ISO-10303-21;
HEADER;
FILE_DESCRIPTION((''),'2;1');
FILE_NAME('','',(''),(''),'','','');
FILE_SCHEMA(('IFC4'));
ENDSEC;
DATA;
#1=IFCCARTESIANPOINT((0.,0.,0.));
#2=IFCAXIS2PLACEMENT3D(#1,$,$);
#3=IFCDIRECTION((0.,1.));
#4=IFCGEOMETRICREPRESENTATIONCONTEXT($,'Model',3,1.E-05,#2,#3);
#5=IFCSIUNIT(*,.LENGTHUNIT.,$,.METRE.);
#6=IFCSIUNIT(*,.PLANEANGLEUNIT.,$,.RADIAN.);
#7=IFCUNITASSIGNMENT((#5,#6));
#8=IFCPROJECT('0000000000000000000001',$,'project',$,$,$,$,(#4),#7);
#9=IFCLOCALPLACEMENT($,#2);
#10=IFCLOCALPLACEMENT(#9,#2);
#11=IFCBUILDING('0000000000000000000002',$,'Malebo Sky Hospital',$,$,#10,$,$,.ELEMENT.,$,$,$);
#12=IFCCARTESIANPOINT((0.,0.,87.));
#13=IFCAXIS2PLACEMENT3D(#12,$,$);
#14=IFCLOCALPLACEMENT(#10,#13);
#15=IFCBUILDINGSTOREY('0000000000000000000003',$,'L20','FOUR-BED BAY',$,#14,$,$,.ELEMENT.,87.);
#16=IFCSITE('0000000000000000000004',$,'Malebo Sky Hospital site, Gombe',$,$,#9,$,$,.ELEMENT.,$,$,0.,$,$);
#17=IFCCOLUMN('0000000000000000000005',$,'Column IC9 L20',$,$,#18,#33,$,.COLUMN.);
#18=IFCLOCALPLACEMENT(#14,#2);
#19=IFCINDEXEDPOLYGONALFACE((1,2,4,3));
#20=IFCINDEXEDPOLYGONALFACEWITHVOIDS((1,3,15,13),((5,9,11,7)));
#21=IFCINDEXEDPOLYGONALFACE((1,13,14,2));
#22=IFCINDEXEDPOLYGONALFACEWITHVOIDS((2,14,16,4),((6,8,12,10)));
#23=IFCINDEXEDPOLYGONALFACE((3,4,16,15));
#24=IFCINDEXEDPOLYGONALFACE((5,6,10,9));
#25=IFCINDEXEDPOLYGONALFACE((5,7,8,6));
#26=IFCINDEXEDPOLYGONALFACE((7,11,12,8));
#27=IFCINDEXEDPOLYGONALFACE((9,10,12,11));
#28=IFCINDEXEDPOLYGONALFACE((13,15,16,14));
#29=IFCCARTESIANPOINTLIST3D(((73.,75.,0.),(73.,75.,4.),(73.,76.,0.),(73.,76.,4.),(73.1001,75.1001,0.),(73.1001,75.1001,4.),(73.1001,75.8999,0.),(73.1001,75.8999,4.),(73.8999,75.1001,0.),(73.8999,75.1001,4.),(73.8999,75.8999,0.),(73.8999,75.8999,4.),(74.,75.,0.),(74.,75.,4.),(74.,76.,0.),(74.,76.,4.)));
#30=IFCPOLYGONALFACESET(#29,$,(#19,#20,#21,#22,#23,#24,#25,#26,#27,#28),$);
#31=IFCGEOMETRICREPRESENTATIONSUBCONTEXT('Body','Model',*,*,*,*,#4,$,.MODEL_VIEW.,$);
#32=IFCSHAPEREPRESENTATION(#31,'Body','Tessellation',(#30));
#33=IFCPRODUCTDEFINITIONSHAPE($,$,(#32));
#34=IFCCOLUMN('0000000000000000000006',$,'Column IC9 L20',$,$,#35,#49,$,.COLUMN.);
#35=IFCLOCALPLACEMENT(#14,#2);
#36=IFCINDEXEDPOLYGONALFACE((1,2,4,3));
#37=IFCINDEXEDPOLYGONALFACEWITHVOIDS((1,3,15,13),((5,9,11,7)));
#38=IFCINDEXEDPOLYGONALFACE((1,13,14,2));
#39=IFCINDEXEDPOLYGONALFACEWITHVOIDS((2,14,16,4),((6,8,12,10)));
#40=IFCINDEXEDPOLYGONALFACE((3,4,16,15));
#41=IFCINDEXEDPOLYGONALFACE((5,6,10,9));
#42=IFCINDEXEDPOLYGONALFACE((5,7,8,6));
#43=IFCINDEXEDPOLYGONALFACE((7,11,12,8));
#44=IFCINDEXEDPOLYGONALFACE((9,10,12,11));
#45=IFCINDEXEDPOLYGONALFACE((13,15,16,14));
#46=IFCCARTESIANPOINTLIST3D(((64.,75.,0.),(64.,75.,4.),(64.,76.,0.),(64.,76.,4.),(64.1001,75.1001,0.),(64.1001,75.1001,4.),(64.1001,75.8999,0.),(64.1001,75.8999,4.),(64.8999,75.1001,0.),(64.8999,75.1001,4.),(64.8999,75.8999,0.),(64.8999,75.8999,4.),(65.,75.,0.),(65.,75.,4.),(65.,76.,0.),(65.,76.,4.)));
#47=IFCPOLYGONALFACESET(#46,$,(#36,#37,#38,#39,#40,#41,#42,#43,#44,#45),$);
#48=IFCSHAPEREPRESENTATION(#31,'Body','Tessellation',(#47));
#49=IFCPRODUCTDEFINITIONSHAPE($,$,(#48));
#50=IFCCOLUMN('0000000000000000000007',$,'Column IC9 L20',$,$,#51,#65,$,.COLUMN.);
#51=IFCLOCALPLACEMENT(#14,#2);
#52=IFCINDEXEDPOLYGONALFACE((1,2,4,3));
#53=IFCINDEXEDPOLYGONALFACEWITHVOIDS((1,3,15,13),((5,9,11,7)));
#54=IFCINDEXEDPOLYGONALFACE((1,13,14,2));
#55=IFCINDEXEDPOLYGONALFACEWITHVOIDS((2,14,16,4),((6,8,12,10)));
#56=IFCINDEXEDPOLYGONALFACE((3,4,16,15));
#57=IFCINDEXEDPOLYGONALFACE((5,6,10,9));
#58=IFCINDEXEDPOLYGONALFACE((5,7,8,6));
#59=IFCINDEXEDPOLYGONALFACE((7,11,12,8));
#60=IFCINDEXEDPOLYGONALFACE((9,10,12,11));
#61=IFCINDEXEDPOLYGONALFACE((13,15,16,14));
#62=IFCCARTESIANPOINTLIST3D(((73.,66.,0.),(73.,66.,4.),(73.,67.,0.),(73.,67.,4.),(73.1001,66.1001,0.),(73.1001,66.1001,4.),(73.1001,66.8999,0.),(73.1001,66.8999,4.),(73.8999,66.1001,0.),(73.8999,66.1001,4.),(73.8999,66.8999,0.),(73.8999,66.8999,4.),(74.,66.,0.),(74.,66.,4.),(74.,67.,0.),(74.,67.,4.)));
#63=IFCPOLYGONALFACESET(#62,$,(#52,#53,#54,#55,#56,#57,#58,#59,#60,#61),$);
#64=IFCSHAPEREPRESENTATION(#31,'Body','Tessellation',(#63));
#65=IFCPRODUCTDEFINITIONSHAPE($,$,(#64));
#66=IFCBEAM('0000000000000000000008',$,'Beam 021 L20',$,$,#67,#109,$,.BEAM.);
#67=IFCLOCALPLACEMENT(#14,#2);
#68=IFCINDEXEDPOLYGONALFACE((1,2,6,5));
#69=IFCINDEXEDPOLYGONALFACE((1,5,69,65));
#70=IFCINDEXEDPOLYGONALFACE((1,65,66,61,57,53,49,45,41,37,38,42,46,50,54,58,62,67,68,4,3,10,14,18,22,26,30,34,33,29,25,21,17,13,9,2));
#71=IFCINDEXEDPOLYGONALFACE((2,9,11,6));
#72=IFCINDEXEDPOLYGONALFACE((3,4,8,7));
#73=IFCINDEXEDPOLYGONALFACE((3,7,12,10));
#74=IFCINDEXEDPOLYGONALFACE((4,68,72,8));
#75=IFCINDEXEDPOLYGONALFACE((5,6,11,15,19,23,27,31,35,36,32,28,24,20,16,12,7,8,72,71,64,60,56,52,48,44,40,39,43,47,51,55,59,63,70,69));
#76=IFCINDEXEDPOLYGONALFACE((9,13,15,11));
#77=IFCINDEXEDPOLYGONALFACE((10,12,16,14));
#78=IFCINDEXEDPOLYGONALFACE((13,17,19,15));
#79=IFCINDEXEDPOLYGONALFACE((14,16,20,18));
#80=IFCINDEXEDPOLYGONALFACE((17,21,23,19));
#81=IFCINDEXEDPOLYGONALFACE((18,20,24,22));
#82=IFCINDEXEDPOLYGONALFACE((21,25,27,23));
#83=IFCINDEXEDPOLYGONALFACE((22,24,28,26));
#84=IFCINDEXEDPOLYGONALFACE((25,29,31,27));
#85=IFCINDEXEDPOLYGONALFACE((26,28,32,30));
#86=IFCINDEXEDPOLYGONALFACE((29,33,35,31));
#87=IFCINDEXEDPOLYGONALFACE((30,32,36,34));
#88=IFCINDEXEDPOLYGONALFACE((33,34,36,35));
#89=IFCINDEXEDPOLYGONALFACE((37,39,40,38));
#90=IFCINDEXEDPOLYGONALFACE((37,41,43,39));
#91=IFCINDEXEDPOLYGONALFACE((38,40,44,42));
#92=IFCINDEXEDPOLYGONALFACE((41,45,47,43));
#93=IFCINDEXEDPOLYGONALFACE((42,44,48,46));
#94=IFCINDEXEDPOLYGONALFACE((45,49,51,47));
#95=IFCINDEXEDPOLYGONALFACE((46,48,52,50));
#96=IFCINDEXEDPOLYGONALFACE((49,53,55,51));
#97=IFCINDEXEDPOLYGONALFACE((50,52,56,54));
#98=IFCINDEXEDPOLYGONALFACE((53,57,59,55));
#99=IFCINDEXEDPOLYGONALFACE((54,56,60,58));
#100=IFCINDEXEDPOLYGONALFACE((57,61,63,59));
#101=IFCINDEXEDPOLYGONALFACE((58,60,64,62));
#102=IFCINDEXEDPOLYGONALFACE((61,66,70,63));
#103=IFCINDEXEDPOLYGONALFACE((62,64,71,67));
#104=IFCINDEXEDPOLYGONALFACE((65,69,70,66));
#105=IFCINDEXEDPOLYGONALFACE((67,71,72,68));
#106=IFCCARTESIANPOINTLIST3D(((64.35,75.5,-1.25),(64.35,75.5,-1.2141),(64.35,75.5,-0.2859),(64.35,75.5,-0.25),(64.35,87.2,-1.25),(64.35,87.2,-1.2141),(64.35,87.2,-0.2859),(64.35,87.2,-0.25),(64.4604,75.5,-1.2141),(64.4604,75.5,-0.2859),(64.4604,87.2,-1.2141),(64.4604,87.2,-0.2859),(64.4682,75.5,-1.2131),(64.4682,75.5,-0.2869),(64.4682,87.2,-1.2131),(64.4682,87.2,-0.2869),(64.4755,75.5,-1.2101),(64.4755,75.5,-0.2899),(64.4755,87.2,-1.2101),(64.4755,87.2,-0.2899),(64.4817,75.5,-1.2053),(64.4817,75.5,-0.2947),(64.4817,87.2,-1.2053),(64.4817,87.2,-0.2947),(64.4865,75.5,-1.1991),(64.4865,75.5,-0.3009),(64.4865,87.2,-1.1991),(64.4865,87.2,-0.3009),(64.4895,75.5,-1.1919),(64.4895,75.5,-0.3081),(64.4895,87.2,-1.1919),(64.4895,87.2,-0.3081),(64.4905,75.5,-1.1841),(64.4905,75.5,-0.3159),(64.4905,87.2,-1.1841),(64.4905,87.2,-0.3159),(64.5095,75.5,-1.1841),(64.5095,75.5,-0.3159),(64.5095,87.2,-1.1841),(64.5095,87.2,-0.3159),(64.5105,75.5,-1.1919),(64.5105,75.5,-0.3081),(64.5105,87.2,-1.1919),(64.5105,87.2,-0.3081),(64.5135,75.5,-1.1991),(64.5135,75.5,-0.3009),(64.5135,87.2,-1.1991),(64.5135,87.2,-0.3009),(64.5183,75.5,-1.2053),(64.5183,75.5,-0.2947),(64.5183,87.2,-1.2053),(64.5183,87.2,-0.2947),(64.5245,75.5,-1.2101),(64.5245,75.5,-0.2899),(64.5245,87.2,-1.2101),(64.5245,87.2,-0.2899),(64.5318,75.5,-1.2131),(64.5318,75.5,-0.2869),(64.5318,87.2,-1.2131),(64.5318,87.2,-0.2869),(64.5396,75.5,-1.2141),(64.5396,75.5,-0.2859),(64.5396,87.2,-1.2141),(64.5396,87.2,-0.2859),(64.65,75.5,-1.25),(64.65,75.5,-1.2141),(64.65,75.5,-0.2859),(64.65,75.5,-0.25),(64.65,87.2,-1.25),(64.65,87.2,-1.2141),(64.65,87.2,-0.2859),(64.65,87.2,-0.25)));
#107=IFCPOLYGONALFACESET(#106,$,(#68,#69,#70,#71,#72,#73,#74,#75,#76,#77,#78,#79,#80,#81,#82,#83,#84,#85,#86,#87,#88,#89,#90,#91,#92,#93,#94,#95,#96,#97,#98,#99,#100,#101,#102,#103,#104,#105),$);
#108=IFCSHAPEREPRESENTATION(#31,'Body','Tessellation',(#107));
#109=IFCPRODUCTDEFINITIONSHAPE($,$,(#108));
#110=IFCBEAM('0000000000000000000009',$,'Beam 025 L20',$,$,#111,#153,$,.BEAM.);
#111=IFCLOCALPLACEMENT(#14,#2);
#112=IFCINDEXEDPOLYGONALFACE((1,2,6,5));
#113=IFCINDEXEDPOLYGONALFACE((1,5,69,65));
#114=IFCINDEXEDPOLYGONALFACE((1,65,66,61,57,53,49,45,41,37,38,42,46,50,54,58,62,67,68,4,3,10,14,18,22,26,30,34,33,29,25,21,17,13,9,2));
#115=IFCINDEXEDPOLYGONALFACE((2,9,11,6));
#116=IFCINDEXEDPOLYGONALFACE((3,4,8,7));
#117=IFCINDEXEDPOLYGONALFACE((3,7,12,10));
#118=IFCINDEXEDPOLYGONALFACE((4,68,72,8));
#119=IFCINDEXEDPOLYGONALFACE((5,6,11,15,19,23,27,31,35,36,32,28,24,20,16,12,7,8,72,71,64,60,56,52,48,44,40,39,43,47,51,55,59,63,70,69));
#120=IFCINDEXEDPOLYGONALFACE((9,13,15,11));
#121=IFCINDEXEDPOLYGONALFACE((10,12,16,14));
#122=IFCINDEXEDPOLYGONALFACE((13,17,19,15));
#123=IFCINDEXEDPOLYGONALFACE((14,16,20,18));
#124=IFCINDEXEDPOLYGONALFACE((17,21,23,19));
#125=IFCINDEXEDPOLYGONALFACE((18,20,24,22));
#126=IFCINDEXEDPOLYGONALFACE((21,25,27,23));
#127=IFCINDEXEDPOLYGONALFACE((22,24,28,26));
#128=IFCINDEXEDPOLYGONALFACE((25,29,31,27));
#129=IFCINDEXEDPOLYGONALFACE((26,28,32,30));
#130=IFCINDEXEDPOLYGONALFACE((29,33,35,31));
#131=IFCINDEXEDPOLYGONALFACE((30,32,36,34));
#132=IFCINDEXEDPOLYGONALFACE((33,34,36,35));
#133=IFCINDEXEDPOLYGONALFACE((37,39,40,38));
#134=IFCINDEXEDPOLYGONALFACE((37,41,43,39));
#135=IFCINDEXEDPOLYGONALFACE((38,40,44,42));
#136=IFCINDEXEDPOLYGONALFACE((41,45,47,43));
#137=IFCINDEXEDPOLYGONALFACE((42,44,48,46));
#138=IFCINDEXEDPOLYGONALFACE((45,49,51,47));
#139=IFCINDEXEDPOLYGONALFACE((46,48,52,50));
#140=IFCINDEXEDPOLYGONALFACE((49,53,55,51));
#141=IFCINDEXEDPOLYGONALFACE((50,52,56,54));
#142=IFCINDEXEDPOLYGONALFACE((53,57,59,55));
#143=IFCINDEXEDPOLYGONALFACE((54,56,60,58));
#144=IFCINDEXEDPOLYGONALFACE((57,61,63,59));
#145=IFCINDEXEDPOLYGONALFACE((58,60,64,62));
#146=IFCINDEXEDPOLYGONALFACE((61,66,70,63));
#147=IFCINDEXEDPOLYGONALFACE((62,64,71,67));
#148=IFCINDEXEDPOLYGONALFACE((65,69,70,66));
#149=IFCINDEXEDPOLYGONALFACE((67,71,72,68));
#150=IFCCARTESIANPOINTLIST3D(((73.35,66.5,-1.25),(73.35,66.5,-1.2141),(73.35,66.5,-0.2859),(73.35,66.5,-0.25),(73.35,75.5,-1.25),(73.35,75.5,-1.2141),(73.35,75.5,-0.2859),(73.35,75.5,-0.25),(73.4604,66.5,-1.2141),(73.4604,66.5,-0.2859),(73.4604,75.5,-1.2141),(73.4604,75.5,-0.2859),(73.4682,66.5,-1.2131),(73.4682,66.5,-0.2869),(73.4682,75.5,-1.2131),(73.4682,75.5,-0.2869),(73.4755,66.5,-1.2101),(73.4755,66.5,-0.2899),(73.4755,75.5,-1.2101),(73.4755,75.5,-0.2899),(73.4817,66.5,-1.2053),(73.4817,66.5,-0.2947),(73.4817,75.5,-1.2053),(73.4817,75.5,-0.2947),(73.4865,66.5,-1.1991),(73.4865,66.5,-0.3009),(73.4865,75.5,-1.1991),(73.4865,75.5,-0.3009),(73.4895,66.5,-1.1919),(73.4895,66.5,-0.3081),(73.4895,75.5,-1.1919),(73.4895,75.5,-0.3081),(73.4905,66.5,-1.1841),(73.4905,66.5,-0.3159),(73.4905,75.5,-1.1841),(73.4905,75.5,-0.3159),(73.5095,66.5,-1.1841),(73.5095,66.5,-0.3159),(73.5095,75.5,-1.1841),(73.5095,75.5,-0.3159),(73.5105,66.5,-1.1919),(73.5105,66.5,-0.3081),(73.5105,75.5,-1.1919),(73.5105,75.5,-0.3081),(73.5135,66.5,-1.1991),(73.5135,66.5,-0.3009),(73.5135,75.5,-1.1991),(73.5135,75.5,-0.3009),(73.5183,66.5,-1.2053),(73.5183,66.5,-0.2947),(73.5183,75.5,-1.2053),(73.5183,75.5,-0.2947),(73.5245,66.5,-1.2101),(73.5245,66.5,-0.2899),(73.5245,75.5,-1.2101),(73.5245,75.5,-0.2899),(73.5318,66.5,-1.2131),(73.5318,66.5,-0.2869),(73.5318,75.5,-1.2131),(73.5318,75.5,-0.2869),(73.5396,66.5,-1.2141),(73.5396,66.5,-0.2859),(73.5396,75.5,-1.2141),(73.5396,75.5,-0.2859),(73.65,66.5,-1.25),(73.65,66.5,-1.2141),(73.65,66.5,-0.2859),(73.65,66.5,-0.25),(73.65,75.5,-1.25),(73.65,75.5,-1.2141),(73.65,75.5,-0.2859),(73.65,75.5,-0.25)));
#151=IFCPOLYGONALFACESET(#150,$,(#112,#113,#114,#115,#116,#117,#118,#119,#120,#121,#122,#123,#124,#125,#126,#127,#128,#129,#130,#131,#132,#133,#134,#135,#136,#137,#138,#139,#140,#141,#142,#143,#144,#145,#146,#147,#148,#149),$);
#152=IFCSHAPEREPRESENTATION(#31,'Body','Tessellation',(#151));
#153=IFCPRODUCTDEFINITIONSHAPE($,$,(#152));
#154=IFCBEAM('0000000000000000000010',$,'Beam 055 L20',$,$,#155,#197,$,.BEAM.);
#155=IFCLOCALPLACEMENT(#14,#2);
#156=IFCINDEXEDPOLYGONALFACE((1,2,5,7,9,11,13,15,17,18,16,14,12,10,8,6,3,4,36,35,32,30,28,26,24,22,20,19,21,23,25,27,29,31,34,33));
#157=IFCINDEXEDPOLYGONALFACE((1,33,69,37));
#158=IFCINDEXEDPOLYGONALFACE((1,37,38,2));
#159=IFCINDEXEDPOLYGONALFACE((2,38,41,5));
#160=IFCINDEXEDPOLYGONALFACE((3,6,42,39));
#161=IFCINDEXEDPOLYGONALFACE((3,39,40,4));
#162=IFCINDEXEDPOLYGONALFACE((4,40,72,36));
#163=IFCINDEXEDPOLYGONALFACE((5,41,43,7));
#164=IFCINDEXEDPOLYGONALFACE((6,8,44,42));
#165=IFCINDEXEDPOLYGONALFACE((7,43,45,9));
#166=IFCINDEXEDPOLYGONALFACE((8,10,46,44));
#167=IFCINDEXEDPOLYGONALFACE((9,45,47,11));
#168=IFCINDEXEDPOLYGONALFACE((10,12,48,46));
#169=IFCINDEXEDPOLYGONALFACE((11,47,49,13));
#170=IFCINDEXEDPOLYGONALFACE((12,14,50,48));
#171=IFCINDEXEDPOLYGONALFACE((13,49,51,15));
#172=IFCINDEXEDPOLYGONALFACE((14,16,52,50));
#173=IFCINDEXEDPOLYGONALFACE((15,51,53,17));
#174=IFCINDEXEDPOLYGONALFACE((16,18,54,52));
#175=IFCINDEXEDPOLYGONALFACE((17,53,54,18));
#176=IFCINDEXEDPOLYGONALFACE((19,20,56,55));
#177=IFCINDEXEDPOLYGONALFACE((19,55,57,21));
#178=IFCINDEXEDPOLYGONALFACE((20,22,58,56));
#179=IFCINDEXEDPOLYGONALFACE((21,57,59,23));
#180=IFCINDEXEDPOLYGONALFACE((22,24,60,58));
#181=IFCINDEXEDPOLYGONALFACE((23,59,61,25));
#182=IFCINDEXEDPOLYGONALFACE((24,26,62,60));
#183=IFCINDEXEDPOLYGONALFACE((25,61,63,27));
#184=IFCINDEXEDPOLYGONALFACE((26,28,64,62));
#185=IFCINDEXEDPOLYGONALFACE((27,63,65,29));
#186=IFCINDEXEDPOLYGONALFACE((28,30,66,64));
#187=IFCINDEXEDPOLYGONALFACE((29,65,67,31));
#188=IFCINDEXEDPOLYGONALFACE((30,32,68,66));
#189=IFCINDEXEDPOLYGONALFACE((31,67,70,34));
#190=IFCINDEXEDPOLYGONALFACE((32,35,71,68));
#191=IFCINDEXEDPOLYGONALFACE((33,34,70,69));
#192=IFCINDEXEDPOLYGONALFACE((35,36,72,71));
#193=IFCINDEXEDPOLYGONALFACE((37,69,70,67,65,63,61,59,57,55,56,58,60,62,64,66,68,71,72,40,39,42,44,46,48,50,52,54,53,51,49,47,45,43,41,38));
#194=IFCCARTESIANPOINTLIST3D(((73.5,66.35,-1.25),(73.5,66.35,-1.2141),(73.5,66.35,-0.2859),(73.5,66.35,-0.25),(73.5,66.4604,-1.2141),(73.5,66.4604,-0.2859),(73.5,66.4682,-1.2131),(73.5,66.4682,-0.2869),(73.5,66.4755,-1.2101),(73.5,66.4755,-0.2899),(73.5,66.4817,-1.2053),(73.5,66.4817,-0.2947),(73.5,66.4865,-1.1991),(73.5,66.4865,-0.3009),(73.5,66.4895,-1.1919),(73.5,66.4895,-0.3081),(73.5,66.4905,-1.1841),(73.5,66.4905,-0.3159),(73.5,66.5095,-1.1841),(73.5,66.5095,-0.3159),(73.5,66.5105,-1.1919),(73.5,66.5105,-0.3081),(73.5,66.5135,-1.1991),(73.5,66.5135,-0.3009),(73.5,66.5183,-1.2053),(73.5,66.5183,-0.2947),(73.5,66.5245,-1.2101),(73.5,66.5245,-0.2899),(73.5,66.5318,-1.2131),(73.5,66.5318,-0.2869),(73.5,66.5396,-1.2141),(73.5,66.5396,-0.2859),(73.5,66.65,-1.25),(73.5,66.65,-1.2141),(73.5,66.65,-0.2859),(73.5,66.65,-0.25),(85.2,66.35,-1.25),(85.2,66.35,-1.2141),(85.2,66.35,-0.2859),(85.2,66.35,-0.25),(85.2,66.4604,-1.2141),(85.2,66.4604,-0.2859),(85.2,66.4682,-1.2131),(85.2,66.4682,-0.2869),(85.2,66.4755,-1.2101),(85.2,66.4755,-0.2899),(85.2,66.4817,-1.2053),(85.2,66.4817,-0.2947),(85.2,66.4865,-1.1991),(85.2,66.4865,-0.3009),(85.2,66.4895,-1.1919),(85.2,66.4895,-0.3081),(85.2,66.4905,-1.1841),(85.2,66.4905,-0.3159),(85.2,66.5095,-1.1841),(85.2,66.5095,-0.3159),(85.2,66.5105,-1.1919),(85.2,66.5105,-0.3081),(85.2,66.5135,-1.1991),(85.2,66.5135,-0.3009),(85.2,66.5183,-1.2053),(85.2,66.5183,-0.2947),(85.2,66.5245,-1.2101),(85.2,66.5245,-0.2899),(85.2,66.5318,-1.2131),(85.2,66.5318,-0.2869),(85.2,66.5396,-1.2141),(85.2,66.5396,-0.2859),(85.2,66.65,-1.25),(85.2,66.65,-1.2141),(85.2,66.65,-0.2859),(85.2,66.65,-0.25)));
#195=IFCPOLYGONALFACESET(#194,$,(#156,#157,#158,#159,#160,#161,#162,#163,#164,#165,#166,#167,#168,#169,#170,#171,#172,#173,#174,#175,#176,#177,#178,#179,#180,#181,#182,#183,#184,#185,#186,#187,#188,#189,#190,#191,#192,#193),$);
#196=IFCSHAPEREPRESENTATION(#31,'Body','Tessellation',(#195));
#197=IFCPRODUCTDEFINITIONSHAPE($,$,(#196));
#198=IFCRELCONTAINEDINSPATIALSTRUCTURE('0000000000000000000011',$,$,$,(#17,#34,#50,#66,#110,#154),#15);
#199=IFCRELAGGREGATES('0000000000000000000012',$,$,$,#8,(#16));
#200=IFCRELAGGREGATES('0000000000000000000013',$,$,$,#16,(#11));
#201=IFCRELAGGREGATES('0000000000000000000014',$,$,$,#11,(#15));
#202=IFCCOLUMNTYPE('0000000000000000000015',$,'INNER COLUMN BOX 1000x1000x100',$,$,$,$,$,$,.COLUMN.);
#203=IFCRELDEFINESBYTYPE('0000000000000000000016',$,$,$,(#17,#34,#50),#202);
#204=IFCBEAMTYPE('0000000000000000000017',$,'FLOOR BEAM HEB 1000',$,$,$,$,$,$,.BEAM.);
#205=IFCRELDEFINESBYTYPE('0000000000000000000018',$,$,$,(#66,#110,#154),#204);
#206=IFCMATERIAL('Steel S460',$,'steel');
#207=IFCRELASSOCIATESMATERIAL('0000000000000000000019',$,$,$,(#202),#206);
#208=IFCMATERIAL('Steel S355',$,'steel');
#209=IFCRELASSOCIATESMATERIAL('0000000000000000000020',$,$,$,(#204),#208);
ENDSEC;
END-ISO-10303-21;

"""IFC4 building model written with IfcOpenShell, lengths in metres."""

from ifc_helpers import new_model, si_unit, direction, frame, origin, origin_2d, place, context, subcontext, project, spatial, hollow_rectangle, i_section, extrude, material, material_profile, profile_set, type_object, element, save


model = new_model("IFC4")

# Units and contexts
model_context = context("Model", 3, precision=1e-05, world=origin(), true_north=direction((0.0, 1.0)))
body_context = subcontext(model_context, "Body", "Model", "MODEL_VIEW")
ifc_project = project(units=[si_unit("LENGTHUNIT", "METRE"), si_unit("PLANEANGLEUNIT", "RADIAN")], contexts=[model_context])

# Site, building, storey
site_placement = place(None, origin())
site = spatial("IfcSite", under=ifc_project, at=site_placement, Name="Malebo Sky Hospital site, Gombe", CompositionType="ELEMENT", RefElevation=0.0)
building_placement = place(site_placement, origin())
building = spatial("IfcBuilding", under=site, at=building_placement, Name="Malebo Sky Hospital", CompositionType="ELEMENT")
storey_placement = place(building_placement, frame((0.0, 0.0, 87.0)))
storey = spatial("IfcBuildingStorey", under=building, at=storey_placement, Name="L20", Description="FOUR-BED BAY", CompositionType="ELEMENT", Elevation=87.0)

# Columns
ifc_material_1 = material(Name="Steel S460", Category="steel")
ifc_material_profile_1 = material_profile(ifc_material_1, hollow_rectangle(XDim=1.0, YDim=1.0, WallThickness=0.1001, at=origin_2d()), Name="BOX 1000x1000x100")
ifc_profile_set_1 = profile_set([ifc_material_profile_1], Name="Steel S460")
column_type = type_object("IfcColumnType", Name="INNER COLUMN BOX 1000x1000x100", PredefinedType="COLUMN", material=ifc_profile_set_1)
for number, where, z_axis, x_axis, name in (
    (1, (73.5, 75.5, 0.0), (0.0, 0.0, 1.0), (1.0, 0.0, 0.0), "Column IC9 L20"),
    (2, (64.5, 75.5, 0.0), (0.0, 0.0, 1.0), (1.0, 0.0, 0.0), "Column IC9 L20"),
    (3, (73.5, 66.5, 0.0), (0.0, 0.0, 1.0), (1.0, 0.0, 0.0), "Column IC9 L20"),
):
    element("IfcColumn", number, at=place(storey_placement, frame(where, z_axis=z_axis, x_axis=x_axis)), inside=storey, type_object=column_type, Name=name, PredefinedType="COLUMN", context=body_context, shape_type="SweptSolid", body=[
        extrude(hollow_rectangle(XDim=1.0, YDim=1.0, WallThickness=0.1001, at=origin_2d()), origin(), (0.0, 0.0, 1.0), 4.0),
    ])

# Beams
ifc_material_2 = material(Name="Steel S355", Category="steel")
ifc_material_profile_2 = material_profile(ifc_material_2, i_section(OverallWidth=0.3, OverallDepth=1.0, WebThickness=0.019, FlangeThickness=0.0359, FilletRadius=0.03, at=origin_2d()), Name="HEB 1000")
ifc_profile_set_2 = profile_set([ifc_material_profile_2], Name="Steel S355")
beam_type_1 = type_object("IfcBeamType", Name="FLOOR BEAM HEB 1000", PredefinedType="BEAM", material=ifc_profile_set_2)
beam_1_placement = place(storey_placement, frame((64.5, 75.5, -0.75), z_axis=(0.0, 1.0, 0.0), x_axis=(-1.0, 0.0, 0.0)))
element("IfcBeam", 4, at=beam_1_placement, inside=storey, type_object=beam_type_1, Name="Beam 021 L20", PredefinedType="BEAM", context=body_context, shape_type="SweptSolid", body=[
    extrude(i_section(OverallWidth=0.3, OverallDepth=1.0, WebThickness=0.019, FlangeThickness=0.0359, FilletRadius=0.03, at=origin_2d()), origin(), (0.0, 0.0, 1.0), 11.7),
])
beam_2_placement = place(storey_placement, frame((73.5, 66.5, -0.75), z_axis=(0.0, 1.0, 0.0), x_axis=(-1.0, 0.0, 0.0)))
element("IfcBeam", 5, at=beam_2_placement, inside=storey, type_object=beam_type_1, Name="Beam 025 L20", PredefinedType="BEAM", context=body_context, shape_type="SweptSolid", body=[
    extrude(i_section(OverallWidth=0.3, OverallDepth=1.0, WebThickness=0.019, FlangeThickness=0.0359, FilletRadius=0.03, at=origin_2d()), origin(), (0.0, 0.0, 1.0), 9.0),
])
beam_3_placement = place(storey_placement, frame((73.5, 66.5, -0.75), z_axis=(1.0, 0.0, 0.0), x_axis=(0.0, 1.0, 0.0)))
element("IfcBeam", 6, at=beam_3_placement, inside=storey, type_object=beam_type_1, Name="Beam 055 L20", PredefinedType="BEAM", context=body_context, shape_type="SweptSolid", body=[
    extrude(i_section(OverallWidth=0.3, OverallDepth=1.0, WebThickness=0.019, FlangeThickness=0.0359, FilletRadius=0.03, at=origin_2d()), origin(), (0.0, 0.0, 1.0), 11.7),
])

save(model, "model.ifc")
